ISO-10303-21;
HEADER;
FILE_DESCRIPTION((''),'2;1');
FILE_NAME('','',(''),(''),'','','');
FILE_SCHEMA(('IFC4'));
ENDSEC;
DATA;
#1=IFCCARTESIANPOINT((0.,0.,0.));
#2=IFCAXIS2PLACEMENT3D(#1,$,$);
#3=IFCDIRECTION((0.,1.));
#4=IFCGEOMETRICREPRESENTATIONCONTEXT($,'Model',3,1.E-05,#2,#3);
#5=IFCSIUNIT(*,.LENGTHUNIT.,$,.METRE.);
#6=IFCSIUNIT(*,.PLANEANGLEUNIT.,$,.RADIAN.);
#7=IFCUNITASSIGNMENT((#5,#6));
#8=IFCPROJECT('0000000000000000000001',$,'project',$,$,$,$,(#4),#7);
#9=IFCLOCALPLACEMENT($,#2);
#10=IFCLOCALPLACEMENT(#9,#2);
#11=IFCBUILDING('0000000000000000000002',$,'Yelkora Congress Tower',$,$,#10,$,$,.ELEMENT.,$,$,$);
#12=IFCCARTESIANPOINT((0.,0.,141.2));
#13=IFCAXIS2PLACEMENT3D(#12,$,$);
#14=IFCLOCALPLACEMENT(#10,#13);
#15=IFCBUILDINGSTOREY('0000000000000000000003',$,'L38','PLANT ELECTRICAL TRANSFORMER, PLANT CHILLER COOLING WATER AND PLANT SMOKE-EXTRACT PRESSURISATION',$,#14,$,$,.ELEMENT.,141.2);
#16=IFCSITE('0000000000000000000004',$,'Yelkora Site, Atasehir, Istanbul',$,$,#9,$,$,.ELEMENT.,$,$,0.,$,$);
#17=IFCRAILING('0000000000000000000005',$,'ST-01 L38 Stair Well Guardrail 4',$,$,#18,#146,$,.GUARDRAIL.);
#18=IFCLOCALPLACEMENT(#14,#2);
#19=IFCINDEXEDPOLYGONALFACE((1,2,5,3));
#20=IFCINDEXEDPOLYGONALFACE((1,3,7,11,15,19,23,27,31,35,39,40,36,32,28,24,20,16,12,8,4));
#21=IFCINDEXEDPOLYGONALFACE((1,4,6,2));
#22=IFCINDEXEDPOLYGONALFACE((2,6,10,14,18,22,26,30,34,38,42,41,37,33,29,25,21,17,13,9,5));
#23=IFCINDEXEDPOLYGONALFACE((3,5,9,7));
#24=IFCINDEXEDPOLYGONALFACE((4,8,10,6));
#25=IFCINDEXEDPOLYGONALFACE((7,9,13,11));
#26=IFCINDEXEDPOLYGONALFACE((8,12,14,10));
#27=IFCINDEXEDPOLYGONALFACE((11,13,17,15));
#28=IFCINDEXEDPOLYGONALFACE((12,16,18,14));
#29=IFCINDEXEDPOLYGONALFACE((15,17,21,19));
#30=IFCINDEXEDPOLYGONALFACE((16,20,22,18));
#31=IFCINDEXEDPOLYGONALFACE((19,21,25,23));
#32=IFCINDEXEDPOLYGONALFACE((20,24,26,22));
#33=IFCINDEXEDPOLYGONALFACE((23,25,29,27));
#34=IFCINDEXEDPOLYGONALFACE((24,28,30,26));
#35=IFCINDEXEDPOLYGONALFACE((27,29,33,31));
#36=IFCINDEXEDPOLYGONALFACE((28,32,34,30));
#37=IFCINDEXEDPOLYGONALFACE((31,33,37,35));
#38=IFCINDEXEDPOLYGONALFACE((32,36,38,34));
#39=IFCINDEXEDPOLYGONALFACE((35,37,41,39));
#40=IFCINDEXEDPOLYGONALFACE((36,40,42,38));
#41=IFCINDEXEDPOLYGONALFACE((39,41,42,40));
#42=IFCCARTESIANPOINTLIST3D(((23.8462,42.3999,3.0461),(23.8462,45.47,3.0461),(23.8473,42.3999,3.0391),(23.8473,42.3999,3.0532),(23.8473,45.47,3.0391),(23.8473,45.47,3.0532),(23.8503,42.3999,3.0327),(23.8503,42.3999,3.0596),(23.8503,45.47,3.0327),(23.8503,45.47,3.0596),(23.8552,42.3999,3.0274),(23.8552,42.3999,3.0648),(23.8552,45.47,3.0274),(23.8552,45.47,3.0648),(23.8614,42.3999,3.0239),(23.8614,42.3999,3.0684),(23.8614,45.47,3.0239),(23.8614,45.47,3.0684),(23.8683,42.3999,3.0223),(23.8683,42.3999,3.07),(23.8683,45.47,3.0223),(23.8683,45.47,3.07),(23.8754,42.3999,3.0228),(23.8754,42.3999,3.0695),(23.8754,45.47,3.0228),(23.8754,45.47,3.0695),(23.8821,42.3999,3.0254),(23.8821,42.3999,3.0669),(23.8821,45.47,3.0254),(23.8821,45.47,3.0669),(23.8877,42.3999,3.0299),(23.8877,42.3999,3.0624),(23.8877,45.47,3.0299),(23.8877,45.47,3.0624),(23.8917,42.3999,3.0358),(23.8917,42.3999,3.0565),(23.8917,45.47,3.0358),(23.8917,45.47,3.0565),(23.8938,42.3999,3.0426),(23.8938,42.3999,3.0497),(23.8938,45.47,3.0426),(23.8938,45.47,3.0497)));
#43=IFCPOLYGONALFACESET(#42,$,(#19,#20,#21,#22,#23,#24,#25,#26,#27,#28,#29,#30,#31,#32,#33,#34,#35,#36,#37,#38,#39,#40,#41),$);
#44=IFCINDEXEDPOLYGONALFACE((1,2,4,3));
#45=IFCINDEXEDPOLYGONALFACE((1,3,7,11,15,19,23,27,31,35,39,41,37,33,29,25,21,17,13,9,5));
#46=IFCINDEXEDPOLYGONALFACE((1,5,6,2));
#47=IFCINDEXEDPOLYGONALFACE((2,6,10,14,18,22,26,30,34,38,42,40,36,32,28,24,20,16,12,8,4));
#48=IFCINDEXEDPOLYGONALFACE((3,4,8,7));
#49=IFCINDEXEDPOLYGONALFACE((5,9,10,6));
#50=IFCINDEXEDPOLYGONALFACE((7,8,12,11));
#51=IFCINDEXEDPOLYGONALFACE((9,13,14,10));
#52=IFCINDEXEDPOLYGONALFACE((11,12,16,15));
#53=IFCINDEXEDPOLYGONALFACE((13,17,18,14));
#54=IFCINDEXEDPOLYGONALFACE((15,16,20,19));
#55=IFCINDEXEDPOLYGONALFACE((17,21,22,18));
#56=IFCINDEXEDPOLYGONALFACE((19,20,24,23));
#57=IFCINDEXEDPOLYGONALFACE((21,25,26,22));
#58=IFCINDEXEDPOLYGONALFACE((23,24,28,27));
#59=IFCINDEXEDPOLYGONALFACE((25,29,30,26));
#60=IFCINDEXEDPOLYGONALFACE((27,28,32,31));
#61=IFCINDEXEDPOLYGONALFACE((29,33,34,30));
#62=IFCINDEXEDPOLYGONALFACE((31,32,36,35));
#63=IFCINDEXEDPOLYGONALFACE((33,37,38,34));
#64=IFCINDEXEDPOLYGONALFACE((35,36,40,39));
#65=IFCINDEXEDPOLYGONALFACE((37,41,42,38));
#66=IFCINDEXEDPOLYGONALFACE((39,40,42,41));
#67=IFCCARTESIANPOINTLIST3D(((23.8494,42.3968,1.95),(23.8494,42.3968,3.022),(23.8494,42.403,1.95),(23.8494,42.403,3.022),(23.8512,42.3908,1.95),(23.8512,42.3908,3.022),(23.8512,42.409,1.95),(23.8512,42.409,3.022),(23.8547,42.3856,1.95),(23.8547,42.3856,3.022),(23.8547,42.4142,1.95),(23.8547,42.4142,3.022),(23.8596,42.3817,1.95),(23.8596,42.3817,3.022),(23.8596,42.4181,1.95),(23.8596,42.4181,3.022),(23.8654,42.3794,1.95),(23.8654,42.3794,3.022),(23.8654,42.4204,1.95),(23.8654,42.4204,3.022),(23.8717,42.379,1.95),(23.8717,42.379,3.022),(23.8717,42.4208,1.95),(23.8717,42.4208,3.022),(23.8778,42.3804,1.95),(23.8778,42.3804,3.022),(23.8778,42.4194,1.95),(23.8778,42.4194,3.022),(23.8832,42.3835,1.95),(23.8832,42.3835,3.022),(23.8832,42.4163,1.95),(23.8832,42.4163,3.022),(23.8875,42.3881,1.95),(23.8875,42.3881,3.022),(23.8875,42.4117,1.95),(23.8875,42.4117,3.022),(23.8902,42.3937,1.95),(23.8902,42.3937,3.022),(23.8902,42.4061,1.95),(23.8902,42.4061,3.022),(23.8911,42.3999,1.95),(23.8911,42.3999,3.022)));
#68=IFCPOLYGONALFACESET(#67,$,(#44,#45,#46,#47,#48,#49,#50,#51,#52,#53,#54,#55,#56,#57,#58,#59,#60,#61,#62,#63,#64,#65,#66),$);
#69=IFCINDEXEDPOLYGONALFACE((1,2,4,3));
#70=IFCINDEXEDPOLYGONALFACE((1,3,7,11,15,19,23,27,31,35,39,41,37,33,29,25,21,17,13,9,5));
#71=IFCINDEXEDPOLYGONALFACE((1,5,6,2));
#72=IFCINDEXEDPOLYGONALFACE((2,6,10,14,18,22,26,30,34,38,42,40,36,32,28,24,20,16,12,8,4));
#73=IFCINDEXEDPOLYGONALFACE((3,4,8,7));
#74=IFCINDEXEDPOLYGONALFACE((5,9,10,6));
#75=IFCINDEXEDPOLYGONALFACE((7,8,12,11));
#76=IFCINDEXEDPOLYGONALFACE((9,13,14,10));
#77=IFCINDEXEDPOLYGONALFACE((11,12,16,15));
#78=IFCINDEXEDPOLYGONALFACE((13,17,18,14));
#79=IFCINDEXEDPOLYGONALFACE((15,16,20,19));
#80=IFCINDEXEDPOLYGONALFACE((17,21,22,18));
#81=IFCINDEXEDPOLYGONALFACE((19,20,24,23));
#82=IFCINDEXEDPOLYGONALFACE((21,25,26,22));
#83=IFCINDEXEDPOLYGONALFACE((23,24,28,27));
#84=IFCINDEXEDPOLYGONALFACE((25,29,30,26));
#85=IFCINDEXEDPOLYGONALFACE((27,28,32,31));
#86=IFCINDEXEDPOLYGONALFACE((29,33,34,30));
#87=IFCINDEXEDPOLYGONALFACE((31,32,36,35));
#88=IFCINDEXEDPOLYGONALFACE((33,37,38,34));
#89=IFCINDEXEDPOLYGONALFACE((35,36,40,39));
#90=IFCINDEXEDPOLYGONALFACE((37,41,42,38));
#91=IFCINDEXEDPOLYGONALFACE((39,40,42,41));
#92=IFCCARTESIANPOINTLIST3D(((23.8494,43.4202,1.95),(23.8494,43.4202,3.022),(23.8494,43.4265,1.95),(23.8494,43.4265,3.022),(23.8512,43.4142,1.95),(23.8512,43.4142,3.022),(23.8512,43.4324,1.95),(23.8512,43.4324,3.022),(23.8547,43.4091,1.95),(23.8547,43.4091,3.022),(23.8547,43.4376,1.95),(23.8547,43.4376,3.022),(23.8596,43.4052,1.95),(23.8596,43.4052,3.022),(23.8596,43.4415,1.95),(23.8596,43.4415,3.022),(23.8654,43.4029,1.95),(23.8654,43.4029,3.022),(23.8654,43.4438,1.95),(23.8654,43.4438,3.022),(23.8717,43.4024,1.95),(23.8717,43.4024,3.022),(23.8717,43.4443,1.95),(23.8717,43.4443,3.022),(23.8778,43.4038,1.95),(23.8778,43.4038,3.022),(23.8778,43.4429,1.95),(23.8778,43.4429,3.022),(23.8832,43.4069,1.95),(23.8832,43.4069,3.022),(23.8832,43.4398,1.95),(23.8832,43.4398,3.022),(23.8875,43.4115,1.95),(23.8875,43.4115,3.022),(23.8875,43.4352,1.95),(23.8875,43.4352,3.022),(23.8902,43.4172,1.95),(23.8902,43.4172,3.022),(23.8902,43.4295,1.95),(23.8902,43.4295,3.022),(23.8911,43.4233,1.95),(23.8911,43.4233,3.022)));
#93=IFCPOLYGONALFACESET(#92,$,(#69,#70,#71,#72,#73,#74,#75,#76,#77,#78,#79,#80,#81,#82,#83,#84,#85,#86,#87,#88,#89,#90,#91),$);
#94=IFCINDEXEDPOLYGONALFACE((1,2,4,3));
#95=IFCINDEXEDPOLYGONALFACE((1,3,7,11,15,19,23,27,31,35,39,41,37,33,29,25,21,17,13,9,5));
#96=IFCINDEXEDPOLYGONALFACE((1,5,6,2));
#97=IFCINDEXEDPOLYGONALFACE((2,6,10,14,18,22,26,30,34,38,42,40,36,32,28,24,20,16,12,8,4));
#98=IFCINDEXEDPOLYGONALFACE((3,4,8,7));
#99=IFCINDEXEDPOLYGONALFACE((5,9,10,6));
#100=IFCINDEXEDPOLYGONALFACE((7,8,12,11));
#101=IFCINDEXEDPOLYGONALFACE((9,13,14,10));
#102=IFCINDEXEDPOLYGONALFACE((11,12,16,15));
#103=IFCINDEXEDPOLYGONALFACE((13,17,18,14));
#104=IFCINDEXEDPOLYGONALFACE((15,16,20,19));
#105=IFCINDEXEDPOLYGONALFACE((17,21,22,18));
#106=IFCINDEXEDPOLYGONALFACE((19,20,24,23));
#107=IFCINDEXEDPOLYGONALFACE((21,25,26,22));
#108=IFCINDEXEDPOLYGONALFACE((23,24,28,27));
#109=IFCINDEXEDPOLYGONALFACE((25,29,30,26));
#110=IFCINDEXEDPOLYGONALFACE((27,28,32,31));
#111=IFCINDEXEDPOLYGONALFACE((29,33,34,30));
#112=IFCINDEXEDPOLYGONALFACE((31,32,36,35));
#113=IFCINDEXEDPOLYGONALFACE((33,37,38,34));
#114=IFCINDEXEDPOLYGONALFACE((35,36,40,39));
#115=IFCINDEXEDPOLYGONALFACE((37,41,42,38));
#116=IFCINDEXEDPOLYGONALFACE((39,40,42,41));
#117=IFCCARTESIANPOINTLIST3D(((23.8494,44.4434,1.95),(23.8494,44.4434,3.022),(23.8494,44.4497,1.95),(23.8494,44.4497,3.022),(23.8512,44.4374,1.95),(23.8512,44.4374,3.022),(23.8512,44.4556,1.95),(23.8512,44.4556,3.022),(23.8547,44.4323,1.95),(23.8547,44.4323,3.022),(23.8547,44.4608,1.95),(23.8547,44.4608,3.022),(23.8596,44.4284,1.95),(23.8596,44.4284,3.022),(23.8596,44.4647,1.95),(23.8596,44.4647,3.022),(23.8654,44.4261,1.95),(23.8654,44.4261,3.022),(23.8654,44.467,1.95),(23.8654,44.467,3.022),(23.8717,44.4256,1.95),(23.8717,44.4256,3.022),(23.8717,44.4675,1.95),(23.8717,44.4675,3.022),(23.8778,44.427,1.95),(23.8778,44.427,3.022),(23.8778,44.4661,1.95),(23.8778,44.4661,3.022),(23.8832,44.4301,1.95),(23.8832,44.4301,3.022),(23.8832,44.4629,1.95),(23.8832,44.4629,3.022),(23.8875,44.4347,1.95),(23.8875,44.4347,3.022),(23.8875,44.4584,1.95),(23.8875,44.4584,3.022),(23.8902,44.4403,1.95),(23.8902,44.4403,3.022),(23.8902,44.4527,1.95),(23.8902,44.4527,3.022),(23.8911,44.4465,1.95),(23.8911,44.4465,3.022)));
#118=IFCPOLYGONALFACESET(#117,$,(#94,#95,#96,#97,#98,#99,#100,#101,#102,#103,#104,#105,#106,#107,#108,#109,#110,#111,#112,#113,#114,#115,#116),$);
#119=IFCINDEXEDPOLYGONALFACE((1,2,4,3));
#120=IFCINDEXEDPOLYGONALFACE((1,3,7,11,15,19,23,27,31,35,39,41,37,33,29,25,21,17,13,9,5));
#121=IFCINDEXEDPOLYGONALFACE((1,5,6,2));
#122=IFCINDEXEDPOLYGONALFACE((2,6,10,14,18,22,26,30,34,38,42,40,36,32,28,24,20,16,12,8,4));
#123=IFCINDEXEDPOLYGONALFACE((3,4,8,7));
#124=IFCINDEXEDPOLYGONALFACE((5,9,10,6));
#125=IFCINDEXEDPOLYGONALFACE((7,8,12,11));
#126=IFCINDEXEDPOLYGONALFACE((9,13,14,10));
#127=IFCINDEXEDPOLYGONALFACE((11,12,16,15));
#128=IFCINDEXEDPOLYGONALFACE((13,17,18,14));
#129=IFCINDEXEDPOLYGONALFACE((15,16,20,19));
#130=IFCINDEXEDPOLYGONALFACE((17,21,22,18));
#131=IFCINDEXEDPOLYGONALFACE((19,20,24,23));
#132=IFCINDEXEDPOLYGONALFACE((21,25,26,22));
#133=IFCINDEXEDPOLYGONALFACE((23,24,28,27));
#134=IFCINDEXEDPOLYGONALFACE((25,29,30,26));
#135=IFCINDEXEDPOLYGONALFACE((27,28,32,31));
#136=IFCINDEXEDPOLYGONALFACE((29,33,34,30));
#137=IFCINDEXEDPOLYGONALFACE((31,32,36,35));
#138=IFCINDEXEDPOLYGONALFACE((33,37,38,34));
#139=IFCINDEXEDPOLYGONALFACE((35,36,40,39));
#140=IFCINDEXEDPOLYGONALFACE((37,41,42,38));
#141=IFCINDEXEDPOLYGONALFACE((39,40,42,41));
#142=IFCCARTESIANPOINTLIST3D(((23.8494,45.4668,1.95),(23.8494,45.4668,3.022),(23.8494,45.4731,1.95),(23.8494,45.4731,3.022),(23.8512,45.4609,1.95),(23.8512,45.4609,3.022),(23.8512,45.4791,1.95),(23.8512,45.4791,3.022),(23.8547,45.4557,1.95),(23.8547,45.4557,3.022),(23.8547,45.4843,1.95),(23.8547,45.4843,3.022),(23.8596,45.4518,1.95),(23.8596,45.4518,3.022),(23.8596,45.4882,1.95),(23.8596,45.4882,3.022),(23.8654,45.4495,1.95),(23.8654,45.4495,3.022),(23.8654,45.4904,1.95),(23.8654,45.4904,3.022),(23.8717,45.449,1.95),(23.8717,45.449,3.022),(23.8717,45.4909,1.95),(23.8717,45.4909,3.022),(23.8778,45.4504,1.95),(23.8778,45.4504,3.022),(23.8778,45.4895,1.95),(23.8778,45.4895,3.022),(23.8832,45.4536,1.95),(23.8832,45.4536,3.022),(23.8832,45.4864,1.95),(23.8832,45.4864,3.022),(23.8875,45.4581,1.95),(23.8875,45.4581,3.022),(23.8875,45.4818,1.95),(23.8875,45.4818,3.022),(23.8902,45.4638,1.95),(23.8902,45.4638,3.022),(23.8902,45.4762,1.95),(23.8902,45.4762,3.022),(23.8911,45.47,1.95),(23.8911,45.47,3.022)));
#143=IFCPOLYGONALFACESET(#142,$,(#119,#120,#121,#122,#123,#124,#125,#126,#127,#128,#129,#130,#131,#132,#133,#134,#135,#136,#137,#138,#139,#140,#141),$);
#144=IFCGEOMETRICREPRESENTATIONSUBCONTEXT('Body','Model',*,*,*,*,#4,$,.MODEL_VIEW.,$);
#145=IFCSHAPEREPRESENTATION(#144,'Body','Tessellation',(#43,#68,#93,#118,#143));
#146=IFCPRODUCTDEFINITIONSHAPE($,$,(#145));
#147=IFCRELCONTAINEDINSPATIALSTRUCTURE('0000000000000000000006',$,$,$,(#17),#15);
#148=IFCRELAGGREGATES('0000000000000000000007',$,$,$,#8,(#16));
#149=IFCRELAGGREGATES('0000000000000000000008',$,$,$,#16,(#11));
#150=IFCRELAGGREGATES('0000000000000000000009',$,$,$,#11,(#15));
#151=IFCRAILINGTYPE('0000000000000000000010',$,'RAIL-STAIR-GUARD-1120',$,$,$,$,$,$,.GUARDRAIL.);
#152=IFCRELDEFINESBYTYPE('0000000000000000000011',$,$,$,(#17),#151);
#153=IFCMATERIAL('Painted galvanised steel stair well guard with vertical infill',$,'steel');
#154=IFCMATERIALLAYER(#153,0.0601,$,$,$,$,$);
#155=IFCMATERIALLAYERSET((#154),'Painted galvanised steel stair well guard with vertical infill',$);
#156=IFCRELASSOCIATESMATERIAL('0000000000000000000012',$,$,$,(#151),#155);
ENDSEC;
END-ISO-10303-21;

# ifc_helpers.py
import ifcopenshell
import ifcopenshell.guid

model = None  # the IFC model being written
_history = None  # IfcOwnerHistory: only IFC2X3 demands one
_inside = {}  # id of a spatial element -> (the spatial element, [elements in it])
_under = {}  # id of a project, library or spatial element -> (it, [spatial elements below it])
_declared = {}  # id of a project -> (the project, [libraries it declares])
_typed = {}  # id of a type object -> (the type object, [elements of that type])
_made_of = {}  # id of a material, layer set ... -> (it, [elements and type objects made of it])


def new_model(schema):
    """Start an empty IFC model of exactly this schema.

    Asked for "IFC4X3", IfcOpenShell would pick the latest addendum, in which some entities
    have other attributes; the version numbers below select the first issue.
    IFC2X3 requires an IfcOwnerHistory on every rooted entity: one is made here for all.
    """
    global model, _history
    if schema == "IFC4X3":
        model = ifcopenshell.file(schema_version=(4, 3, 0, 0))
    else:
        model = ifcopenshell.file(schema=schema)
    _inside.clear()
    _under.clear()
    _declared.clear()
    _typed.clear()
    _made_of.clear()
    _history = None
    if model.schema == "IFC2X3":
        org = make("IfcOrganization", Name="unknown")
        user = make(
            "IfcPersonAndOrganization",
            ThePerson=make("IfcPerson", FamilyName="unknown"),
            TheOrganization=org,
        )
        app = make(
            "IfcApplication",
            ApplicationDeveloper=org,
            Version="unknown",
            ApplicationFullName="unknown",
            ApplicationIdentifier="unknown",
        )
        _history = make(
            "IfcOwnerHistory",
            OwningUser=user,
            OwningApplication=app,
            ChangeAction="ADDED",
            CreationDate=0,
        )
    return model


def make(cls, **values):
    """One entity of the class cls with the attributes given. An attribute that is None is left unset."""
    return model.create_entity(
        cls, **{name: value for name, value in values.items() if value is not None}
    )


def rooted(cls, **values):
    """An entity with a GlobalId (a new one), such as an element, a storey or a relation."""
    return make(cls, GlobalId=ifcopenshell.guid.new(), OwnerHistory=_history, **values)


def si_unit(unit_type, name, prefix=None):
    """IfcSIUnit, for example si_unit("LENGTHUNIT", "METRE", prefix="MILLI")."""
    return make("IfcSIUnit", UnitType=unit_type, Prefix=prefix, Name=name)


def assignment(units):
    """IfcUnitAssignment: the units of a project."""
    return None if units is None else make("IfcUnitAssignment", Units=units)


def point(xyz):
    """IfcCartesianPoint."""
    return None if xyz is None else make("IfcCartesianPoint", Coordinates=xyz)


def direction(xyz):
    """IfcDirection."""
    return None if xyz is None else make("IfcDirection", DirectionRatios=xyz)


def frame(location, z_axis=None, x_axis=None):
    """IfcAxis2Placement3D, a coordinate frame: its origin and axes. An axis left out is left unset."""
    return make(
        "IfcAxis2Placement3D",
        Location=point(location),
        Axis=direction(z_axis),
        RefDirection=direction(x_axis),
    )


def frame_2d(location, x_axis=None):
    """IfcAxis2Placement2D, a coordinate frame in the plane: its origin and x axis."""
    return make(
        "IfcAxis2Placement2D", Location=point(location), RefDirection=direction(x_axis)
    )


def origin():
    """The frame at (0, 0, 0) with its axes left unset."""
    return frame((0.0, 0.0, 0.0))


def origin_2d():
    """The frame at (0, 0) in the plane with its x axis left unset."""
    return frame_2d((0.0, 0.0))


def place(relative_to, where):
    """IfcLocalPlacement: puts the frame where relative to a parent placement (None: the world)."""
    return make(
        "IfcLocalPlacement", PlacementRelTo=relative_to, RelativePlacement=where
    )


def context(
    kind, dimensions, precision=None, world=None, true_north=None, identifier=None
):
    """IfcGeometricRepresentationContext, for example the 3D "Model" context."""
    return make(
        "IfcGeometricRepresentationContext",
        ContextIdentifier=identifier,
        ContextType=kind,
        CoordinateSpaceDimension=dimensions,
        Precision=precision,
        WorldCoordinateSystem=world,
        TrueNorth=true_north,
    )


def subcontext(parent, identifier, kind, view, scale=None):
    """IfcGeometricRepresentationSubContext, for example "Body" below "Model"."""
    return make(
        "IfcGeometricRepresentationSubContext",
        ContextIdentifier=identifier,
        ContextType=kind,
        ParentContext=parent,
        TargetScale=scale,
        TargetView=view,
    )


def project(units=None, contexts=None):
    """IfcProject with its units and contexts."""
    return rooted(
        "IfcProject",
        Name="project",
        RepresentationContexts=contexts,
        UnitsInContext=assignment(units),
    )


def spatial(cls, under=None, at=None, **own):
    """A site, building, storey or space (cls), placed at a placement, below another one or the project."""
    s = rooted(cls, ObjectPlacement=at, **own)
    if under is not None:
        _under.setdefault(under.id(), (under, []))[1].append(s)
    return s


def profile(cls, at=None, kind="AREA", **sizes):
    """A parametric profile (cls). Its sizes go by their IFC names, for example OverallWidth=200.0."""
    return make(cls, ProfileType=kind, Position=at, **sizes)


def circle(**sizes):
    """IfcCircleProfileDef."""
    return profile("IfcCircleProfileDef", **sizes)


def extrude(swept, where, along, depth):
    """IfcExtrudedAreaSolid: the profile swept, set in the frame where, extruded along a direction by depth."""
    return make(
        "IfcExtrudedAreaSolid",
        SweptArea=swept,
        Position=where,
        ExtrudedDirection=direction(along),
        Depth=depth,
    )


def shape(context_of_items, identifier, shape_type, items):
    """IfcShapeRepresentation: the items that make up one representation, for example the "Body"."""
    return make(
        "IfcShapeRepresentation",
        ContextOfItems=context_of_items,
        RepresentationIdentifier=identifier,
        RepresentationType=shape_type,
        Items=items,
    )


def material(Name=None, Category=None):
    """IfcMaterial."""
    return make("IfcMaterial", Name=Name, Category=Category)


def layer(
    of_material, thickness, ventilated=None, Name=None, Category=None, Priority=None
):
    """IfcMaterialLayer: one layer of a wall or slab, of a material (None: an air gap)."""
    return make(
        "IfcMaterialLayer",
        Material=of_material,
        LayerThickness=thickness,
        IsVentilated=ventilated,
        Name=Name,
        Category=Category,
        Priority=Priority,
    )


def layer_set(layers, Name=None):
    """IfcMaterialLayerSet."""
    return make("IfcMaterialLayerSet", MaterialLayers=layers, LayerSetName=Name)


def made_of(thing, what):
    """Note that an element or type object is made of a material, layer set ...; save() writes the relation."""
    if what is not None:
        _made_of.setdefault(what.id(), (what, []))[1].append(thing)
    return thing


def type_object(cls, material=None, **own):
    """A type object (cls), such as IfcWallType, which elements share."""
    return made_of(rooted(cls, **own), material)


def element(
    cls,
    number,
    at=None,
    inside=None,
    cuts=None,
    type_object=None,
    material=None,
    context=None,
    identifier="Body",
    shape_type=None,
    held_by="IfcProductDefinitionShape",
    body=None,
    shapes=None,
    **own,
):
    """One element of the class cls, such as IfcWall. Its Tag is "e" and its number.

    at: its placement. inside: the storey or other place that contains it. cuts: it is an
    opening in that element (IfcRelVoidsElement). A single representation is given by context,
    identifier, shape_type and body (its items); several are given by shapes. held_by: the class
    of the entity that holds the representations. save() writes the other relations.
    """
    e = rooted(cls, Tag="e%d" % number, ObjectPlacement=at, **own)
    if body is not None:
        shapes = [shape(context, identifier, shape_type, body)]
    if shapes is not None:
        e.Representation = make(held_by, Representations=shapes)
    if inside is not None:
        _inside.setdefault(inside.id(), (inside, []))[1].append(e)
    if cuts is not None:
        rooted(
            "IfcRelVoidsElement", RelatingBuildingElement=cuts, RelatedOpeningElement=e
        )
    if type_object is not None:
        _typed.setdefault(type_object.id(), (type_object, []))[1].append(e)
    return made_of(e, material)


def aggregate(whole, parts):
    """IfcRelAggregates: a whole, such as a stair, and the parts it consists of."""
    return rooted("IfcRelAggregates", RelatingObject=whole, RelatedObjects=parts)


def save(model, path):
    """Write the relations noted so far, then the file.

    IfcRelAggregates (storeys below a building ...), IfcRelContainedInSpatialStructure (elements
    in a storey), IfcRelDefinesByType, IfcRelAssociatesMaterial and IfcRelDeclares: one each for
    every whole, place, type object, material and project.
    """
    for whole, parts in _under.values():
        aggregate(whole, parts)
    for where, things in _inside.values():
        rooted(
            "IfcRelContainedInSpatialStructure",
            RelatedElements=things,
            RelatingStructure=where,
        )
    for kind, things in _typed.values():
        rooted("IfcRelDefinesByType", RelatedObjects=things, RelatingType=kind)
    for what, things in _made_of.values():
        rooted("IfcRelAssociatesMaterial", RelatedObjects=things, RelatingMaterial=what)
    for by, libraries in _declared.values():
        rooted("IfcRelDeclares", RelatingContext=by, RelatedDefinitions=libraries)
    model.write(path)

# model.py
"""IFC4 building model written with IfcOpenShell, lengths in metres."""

from ifc_helpers import new_model, si_unit, direction, frame, origin, origin_2d, place, context, subcontext, project, spatial, circle, extrude, material, layer, layer_set, type_object, element, save


model = new_model("IFC4")

# Units and contexts
model_context = context("Model", 3, precision=1e-05, world=origin(), true_north=direction((0.0, 1.0)))
body_context = subcontext(model_context, "Body", "Model", "MODEL_VIEW")
ifc_project = project(units=[si_unit("LENGTHUNIT", "METRE"), si_unit("PLANEANGLEUNIT", "RADIAN")], contexts=[model_context])

# Site, building, storey
site_placement = place(None, origin())
site = spatial("IfcSite", under=ifc_project, at=site_placement, Name="Yelkora Site, Atasehir, Istanbul", CompositionType="ELEMENT", RefElevation=0.0)
building_placement = place(site_placement, origin())
building = spatial("IfcBuilding", under=site, at=building_placement, Name="Yelkora Congress Tower", CompositionType="ELEMENT")
storey_placement = place(building_placement, frame((0.0, 0.0, 141.2)))
storey = spatial("IfcBuildingStorey", under=building, at=storey_placement, Name="L38", Description="PLANT ELECTRICAL TRANSFORMER, PLANT CHILLER COOLING WATER AND PLANT SMOKE-EXTRACT PRESSURISATION", CompositionType="ELEMENT", Elevation=141.2)

# Railing
ifc_material_1 = material(Name="Painted galvanised steel stair well guard with vertical infill", Category="steel")
ifc_layer_1 = layer(ifc_material_1, 0.0601)
ifc_layer_set_1 = layer_set([ifc_layer_1], Name="Painted galvanised steel stair well guard with vertical infill")
railing_type_1 = type_object("IfcRailingType", Name="RAIL-STAIR-GUARD-1120", PredefinedType="GUARDRAIL", material=ifc_layer_set_1)
railing_1_placement = place(storey_placement, frame((23.8701, 42.3999, 1.95)))
element("IfcRailing", 1, at=railing_1_placement, inside=storey, type_object=railing_type_1, Name="ST-01 L38 Stair Well Guardrail 4", PredefinedType="GUARDRAIL", context=body_context, shape_type="SweptSolid", body=[
    extrude(circle(Radius=0.0239, at=origin_2d()), frame((0.0, 0.0, 1.0962), z_axis=(0.0, 1.0, 0.0), x_axis=(-1.0, 0.0, 0.0)), (0.0, 0.0, 1.0), 3.0701),
    extrude(circle(Radius=0.021, at=origin_2d()), origin(), (0.0, 0.0, 1.0), 1.072),
    extrude(circle(Radius=0.021, at=origin_2d()), frame((0.0, 1.0234, 0.0)), (0.0, 0.0, 1.0), 1.072),
    extrude(circle(Radius=0.021, at=origin_2d()), frame((0.0, 2.0466, 0.0)), (0.0, 0.0, 1.0), 1.072),
    extrude(circle(Radius=0.021, at=origin_2d()), frame((0.0, 3.0701, 0.0)), (0.0, 0.0, 1.0), 1.072),
])

save(model, "model.ifc")
